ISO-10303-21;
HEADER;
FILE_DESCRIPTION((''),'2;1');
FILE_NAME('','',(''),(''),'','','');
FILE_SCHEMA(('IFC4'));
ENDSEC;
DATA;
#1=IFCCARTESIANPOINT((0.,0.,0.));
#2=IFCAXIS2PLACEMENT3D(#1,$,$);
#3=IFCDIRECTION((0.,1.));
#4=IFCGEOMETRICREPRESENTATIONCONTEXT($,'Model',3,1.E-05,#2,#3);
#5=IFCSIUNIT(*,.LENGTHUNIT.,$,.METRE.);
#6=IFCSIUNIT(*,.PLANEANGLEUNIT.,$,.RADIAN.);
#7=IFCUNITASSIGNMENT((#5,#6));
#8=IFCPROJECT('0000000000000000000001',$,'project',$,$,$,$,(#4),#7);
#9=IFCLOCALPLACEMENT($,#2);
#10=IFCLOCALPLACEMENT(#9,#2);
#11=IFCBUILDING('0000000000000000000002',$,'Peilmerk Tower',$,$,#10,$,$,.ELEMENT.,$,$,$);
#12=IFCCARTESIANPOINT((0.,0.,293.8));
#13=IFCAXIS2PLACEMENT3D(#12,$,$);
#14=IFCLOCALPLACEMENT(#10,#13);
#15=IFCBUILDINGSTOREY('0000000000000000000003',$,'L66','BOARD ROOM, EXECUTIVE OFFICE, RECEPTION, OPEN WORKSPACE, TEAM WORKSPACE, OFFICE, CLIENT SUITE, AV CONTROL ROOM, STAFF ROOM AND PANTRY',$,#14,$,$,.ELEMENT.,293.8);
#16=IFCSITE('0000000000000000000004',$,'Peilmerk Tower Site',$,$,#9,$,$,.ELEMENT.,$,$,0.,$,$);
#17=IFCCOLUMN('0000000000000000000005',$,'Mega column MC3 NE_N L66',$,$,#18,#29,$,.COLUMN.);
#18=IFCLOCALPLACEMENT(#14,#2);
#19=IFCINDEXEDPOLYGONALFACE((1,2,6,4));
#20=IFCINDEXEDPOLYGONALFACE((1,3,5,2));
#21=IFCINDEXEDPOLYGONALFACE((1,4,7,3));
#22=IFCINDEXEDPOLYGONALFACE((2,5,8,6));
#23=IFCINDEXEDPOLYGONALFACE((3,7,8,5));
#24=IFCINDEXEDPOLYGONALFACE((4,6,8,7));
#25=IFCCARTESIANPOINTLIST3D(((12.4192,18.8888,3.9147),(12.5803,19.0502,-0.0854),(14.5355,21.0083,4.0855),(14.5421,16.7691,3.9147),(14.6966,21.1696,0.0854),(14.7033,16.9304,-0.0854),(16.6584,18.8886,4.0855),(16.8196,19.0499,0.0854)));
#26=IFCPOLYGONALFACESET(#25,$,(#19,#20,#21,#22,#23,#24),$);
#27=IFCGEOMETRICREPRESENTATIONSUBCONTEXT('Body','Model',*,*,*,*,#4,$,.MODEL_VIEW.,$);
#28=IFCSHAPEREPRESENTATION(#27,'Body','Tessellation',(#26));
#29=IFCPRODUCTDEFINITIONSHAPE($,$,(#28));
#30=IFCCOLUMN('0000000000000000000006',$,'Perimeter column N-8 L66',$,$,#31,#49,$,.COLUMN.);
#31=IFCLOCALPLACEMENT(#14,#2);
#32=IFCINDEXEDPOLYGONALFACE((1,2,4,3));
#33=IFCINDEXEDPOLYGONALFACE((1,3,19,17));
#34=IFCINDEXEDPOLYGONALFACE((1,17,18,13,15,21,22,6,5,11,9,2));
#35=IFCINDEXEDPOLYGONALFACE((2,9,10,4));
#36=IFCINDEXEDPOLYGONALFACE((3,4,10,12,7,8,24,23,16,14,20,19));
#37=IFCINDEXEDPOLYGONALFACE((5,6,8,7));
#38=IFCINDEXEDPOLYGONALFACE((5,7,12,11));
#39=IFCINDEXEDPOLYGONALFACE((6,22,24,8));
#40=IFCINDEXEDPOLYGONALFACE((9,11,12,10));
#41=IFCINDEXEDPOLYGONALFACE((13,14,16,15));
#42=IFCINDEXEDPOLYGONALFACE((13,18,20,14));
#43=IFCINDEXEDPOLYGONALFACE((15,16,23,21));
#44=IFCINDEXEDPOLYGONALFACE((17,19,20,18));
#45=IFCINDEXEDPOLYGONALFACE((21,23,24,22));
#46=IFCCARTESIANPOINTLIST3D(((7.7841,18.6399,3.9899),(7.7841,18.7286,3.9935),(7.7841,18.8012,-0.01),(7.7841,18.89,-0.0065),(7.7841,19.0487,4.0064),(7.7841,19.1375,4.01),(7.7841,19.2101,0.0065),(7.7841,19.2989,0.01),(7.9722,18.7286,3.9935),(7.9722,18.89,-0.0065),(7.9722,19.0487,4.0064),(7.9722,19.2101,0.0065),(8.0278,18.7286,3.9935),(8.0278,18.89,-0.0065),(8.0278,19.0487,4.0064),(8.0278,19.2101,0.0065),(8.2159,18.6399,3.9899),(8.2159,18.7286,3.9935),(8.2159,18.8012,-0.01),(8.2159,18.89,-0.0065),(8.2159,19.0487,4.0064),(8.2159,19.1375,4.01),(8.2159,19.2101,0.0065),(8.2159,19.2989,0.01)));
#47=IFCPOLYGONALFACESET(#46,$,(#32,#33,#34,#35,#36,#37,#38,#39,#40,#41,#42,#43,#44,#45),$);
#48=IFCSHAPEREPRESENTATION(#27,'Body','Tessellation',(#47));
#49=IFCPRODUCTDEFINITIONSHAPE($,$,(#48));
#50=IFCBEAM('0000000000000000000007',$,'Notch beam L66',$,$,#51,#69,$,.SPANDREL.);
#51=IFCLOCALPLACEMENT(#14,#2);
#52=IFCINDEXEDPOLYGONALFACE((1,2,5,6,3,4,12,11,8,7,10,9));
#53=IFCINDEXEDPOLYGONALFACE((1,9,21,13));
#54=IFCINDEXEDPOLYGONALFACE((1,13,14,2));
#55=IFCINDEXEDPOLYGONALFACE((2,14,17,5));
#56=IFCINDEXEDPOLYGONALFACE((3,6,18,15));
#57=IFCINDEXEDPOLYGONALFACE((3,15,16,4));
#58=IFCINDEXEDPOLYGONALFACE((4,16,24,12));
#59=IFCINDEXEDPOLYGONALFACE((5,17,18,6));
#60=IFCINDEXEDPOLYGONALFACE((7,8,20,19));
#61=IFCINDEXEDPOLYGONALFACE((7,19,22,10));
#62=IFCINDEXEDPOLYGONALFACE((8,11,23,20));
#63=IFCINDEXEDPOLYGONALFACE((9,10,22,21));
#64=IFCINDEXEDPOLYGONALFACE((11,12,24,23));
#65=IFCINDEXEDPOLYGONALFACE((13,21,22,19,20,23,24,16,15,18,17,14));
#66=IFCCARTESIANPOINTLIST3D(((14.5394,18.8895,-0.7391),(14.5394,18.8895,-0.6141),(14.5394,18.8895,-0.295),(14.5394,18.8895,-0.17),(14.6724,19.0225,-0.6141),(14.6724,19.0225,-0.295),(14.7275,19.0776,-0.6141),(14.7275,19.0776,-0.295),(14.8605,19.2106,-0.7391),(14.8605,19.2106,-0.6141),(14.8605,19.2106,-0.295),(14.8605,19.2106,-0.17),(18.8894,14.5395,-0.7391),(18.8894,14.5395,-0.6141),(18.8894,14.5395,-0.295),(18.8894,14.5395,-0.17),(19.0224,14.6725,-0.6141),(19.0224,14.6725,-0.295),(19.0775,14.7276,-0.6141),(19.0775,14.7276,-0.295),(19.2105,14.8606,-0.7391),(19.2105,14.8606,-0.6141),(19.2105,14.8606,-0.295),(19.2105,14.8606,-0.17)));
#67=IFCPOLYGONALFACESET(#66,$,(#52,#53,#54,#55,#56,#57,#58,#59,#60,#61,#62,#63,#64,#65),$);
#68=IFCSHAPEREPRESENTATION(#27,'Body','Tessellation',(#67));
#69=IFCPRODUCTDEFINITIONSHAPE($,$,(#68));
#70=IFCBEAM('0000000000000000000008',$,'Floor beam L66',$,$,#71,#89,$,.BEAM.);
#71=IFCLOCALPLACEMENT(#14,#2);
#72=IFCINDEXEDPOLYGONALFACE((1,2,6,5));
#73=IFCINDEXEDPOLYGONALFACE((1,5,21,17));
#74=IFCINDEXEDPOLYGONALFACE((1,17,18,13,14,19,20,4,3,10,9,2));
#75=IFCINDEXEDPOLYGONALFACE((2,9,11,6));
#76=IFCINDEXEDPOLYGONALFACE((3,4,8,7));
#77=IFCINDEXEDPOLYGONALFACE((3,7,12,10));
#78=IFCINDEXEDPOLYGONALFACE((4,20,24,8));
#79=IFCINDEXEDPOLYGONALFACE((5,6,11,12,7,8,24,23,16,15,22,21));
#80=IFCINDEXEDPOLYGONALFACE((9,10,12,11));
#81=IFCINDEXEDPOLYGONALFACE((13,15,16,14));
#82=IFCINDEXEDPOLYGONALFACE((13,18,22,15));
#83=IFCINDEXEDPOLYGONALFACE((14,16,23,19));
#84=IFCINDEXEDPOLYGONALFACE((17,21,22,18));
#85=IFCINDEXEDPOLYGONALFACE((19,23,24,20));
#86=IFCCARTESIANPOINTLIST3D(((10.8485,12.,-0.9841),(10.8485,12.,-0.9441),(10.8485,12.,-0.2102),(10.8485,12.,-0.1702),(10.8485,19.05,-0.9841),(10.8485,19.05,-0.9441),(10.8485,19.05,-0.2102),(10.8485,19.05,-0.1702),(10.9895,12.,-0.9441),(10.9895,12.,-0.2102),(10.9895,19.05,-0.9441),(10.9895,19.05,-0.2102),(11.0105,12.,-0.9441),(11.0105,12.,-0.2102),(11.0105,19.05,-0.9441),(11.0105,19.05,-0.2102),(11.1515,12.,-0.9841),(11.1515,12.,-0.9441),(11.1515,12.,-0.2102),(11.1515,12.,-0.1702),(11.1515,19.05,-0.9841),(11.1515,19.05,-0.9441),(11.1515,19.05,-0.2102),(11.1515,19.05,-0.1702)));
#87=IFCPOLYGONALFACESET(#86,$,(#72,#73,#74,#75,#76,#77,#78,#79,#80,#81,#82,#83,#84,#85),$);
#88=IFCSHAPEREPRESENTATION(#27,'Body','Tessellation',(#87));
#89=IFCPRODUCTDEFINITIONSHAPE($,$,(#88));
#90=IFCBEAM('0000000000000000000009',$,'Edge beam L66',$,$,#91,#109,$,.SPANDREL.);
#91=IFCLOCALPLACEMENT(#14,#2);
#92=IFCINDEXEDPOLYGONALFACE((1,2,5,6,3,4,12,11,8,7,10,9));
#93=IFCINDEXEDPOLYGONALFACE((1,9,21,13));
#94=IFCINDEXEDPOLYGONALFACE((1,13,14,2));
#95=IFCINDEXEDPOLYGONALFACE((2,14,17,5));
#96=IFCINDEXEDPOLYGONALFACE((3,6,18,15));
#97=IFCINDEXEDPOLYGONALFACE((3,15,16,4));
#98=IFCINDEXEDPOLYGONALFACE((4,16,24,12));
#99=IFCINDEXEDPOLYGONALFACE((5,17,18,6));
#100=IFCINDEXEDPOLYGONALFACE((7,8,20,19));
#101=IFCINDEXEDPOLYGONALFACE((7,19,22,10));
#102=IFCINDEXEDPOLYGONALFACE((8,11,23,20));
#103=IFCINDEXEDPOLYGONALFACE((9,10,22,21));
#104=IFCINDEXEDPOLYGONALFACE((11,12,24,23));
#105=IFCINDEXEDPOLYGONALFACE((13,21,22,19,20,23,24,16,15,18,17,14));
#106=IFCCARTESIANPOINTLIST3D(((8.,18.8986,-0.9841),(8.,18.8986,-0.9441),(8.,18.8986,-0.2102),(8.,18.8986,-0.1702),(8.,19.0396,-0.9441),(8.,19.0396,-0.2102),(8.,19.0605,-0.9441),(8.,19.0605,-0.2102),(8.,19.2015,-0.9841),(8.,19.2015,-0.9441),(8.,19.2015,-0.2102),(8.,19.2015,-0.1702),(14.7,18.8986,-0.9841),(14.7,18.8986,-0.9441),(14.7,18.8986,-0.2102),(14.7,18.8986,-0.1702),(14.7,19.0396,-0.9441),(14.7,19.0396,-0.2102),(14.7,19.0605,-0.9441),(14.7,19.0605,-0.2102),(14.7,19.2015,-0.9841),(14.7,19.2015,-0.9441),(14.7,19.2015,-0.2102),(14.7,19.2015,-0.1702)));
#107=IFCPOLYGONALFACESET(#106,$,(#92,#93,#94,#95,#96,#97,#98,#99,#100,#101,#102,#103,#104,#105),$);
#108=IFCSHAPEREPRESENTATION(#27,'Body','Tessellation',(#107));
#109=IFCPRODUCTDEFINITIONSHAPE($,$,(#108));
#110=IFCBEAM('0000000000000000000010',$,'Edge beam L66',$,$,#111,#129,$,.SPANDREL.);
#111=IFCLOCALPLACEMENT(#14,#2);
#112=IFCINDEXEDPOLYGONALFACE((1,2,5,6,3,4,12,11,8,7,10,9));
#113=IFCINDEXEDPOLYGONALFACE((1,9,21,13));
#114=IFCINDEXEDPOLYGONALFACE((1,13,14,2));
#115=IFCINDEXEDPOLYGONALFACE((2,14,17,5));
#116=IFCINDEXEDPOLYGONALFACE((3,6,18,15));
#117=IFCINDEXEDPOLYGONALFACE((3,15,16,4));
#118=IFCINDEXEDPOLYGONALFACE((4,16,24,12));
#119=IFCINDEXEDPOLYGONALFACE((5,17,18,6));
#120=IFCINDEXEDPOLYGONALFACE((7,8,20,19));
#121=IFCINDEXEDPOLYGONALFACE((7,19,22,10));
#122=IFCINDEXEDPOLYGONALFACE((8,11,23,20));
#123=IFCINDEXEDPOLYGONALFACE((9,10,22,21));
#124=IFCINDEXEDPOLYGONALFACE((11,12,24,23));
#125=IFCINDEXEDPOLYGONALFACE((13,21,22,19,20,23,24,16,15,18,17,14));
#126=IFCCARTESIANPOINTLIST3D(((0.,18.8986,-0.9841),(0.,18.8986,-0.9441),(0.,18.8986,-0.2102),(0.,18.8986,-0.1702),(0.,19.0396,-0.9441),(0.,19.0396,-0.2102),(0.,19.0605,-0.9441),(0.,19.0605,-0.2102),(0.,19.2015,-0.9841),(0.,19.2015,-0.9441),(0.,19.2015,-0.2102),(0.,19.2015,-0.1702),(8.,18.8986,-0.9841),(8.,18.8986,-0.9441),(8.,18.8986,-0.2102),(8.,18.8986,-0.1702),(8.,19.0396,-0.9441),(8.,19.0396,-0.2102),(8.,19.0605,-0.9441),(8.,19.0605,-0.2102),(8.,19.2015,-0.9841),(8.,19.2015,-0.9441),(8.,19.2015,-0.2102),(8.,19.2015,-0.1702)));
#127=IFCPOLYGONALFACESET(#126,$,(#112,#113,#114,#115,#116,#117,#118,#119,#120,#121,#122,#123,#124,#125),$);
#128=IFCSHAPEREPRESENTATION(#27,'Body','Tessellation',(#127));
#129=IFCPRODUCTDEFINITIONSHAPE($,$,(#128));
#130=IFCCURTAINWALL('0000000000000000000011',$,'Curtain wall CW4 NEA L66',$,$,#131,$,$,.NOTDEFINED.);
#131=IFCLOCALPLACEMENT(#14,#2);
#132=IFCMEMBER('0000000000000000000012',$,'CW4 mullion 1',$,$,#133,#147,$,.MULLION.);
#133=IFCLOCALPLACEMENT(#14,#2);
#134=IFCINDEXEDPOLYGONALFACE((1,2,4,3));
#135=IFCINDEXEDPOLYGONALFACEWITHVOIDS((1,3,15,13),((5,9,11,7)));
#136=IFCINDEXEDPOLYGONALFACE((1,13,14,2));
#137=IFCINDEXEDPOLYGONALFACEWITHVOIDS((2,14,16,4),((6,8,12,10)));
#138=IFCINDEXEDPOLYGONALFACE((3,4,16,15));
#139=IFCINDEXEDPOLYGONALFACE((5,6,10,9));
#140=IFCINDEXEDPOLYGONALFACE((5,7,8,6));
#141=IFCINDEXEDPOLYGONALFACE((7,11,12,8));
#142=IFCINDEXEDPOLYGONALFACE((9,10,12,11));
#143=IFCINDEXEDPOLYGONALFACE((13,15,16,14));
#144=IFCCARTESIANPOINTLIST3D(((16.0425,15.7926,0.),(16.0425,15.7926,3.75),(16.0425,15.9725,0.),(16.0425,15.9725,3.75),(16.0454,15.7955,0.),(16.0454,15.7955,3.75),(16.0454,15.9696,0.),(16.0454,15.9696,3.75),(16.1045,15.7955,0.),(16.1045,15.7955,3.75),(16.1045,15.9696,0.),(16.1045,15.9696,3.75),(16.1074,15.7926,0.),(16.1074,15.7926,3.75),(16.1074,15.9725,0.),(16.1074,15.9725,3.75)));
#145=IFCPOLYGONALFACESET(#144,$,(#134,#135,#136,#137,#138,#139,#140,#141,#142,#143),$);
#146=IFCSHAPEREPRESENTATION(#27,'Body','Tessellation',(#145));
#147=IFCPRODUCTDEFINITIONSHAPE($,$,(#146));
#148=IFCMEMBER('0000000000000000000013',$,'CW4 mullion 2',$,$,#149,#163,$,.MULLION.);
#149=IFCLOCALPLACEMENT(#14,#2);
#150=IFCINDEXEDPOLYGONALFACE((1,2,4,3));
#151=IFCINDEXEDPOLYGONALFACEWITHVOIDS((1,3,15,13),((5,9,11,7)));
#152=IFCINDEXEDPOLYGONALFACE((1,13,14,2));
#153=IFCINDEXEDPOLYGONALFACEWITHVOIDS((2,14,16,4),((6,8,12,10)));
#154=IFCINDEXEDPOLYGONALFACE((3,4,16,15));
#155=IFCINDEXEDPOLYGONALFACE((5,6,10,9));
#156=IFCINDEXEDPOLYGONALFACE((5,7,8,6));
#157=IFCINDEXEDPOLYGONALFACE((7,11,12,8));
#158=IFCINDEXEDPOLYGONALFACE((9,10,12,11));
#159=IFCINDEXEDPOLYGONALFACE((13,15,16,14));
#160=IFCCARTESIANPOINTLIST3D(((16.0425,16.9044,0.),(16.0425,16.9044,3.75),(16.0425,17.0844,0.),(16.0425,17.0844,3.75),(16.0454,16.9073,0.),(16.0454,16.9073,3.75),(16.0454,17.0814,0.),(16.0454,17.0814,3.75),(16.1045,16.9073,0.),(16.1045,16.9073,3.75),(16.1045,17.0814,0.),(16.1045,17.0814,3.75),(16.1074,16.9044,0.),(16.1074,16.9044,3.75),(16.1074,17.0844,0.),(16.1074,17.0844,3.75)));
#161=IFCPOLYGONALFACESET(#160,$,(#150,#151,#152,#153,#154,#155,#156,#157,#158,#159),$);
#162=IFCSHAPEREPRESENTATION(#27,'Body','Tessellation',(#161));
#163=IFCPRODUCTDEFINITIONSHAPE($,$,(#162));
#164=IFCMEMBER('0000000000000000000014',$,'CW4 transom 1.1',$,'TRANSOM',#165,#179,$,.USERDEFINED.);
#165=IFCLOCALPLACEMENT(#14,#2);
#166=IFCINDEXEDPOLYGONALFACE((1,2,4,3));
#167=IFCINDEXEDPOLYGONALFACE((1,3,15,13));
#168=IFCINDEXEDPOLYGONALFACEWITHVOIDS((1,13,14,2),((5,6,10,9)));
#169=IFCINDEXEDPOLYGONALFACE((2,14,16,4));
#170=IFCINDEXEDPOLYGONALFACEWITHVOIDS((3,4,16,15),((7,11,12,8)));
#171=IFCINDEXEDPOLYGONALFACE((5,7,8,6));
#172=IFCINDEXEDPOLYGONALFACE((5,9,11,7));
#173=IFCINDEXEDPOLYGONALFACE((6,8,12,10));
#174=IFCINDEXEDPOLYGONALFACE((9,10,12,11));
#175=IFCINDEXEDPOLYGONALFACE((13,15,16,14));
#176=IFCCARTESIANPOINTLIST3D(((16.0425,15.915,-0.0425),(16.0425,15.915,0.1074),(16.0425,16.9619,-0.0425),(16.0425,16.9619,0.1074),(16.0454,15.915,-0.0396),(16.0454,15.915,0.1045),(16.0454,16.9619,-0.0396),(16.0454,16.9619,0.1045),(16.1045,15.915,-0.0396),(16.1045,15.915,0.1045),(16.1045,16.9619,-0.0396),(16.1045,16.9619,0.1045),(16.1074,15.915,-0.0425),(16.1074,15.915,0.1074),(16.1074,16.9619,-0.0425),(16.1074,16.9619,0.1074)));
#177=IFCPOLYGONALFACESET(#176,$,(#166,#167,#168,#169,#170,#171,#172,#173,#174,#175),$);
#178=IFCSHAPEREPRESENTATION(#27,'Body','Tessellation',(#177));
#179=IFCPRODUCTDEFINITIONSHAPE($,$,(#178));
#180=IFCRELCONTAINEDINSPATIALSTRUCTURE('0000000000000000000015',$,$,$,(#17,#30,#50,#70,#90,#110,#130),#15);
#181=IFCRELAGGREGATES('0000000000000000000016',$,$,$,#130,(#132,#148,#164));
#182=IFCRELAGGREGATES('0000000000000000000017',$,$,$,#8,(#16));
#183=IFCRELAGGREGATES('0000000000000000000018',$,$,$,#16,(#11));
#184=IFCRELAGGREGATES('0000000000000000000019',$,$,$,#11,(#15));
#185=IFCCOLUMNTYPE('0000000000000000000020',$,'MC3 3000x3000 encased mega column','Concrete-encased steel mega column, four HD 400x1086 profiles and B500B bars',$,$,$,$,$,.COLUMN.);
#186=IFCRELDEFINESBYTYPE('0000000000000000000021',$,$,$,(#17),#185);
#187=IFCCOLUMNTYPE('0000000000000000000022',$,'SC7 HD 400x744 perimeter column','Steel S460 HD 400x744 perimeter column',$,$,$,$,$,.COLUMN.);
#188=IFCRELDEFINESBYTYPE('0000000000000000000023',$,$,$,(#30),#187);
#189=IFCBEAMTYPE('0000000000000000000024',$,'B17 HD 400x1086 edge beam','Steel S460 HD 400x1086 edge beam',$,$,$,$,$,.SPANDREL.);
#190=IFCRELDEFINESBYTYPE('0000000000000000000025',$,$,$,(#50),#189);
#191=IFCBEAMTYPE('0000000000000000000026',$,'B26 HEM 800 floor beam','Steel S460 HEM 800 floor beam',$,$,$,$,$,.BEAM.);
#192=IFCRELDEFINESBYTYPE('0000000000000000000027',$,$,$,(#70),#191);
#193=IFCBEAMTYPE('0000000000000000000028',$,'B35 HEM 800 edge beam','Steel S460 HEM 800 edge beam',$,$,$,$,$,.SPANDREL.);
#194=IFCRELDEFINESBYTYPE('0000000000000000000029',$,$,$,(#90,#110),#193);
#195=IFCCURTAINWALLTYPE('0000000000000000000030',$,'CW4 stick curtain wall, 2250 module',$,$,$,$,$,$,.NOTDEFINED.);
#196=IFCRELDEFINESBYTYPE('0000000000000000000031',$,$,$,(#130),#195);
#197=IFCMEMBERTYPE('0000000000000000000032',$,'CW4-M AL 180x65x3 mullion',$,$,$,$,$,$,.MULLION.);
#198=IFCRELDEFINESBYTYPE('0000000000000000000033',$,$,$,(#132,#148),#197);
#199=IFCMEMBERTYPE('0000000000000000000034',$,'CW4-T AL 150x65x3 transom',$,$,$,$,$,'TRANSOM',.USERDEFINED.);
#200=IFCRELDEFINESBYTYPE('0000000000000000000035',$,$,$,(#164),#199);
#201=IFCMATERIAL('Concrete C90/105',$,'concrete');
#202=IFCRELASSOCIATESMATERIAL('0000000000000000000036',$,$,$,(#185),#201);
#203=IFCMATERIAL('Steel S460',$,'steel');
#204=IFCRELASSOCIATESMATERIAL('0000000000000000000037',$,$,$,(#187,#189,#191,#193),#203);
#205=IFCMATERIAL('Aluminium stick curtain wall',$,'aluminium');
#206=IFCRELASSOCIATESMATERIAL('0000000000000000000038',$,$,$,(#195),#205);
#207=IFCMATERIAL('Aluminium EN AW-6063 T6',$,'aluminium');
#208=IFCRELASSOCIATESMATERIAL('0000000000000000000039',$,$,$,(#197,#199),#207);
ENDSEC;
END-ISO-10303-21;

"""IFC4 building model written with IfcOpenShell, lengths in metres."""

from ifc_helpers import new_model, si_unit, direction, frame, origin, origin_2d, place, context, subcontext, project, spatial, rectangle, hollow_rectangle, i_section, extrude, material, material_profile, profile_set, type_object, element, aggregate, save


model = new_model("IFC4")

# Units and contexts
model_context = context("Model", 3, precision=1e-05, world=origin(), true_north=direction((0.0, 1.0)))
body_context = subcontext(model_context, "Body", "Model", "MODEL_VIEW")
ifc_project = project(units=[si_unit("LENGTHUNIT", "METRE"), si_unit("PLANEANGLEUNIT", "RADIAN")], contexts=[model_context])

# Site, building, storey
site_placement = place(None, origin())
site = spatial("IfcSite", under=ifc_project, at=site_placement, Name="Peilmerk Tower Site", CompositionType="ELEMENT", RefElevation=0.0)
building_placement = place(site_placement, origin())
building = spatial("IfcBuilding", under=site, at=building_placement, Name="Peilmerk Tower", CompositionType="ELEMENT")
storey_placement = place(building_placement, frame((0.0, 0.0, 293.8)))
storey = spatial("IfcBuildingStorey", under=building, at=storey_placement, Name="L66", Description="BOARD ROOM, EXECUTIVE OFFICE, RECEPTION, OPEN WORKSPACE, TEAM WORKSPACE, OFFICE, CLIENT SUITE, AV CONTROL ROOM, STAFF ROOM AND PANTRY", CompositionType="ELEMENT", Elevation=293.8)

# Columns
ifc_material_1 = material(Name="Concrete C90/105", Category="concrete")
ifc_material_profile_1 = material_profile(ifc_material_1, rectangle(XDim=3.0, YDim=3.0, at=origin_2d()), Name="RC 3000x3000")
ifc_profile_set_1 = profile_set([ifc_material_profile_1], Name="Concrete C90/105")
column_type_1 = type_object("IfcColumnType", Name="MC3 3000x3000 encased mega column", Description="Concrete-encased steel mega column, four HD 400x1086 profiles and B500B bars", PredefinedType="COLUMN", material=ifc_profile_set_1)
column_1_placement = place(storey_placement, frame((14.7, 19.05, 0.0), z_axis=(-0.040218, -0.040279, 0.998379), x_axis=(0.707642, -0.706571, 0.0)))
element("IfcColumn", 1, at=column_1_placement, inside=storey, type_object=column_type_1, Name="Mega column MC3 NE_N L66", PredefinedType="COLUMN", context=body_context, shape_type="SweptSolid", body=[
    extrude(rectangle(XDim=3.0, YDim=3.0, at=origin_2d()), origin(), (0.0, 0.0, 1.0), 4.0066),
])
ifc_material_2 = material(Name="Steel S460", Category="steel")
ifc_material_profile_2 = material_profile(ifc_material_2, i_section(OverallWidth=0.4319, OverallDepth=0.498, WebThickness=0.0557, FlangeThickness=0.0889, at=origin_2d()), Name="HD 400x744")
ifc_profile_set_2 = profile_set([ifc_material_profile_2], Name="Steel S460")
column_type_2 = type_object("IfcColumnType", Name="SC7 HD 400x744 perimeter column", Description="Steel S460 HD 400x744 perimeter column", PredefinedType="COLUMN", material=ifc_profile_set_2)
column_2_placement = place(storey_placement, frame((8.0, 19.05, 0.0), z_axis=(0.0, -0.040311, 0.999187), x_axis=(1.0, 0.0, 0.0)))
element("IfcColumn", 2, at=column_2_placement, inside=storey, type_object=column_type_2, Name="Perimeter column N-8 L66", PredefinedType="COLUMN", context=body_context, shape_type="SweptSolid", body=[
    extrude(i_section(OverallWidth=0.4319, OverallDepth=0.498, WebThickness=0.0557, FlangeThickness=0.0889, at=origin_2d()), origin(), (0.0, 0.0, 1.0), 4.0032),
])

# Beams
ifc_material_profile_3 = material_profile(ifc_material_2, i_section(OverallWidth=0.4541, OverallDepth=0.5691, WebThickness=0.0779, FlangeThickness=0.125, at=origin_2d()), Name="HD 400x1086")
ifc_profile_set_3 = profile_set([ifc_material_profile_3], Name="Steel S460")
beam_type_1 = type_object("IfcBeamType", Name="B17 HD 400x1086 edge beam", Description="Steel S460 HD 400x1086 edge beam", PredefinedType="SPANDREL", material=ifc_profile_set_3)
beam_1_placement = place(storey_placement, frame((14.7, 19.05, -0.4546), z_axis=(0.707107, -0.707107, 0.0), x_axis=(0.707107, 0.707107, 0.0)))
element("IfcBeam", 3, at=beam_1_placement, inside=storey, type_object=beam_type_1, Name="Notch beam L66", PredefinedType="SPANDREL", context=body_context, shape_type="SweptSolid", body=[
    extrude(i_section(OverallWidth=0.4541, OverallDepth=0.5691, WebThickness=0.0779, FlangeThickness=0.125, at=origin_2d()), origin(), (0.0, 0.0, 1.0), 6.1519),
])
ifc_material_profile_4 = material_profile(ifc_material_2, i_section(OverallWidth=0.303, OverallDepth=0.814, WebThickness=0.021, FlangeThickness=0.04, at=origin_2d()), Name="HEM 800")
ifc_profile_set_4 = profile_set([ifc_material_profile_4], Name="Steel S460")
beam_type_2 = type_object("IfcBeamType", Name="B26 HEM 800 floor beam", Description="Steel S460 HEM 800 floor beam", PredefinedType="BEAM", material=ifc_profile_set_4)
beam_2_placement = place(storey_placement, frame((11.0, 12.0, -0.5771), z_axis=(0.0, 1.0, 0.0), x_axis=(-1.0, 0.0, 0.0)))
element("IfcBeam", 4, at=beam_2_placement, inside=storey, type_object=beam_type_2, Name="Floor beam L66", PredefinedType="BEAM", context=body_context, shape_type="SweptSolid", body=[
    extrude(i_section(OverallWidth=0.303, OverallDepth=0.814, WebThickness=0.021, FlangeThickness=0.04, at=origin_2d()), origin(), (0.0, 0.0, 1.0), 7.05),
])
ifc_material_profile_5 = material_profile(ifc_material_2, i_section(OverallWidth=0.303, OverallDepth=0.814, WebThickness=0.021, FlangeThickness=0.04, at=origin_2d()), Name="HEM 800")
ifc_profile_set_5 = profile_set([ifc_material_profile_5], Name="Steel S460")
beam_type_3 = type_object("IfcBeamType", Name="B35 HEM 800 edge beam", Description="Steel S460 HEM 800 edge beam", PredefinedType="SPANDREL", material=ifc_profile_set_5)
beam_3_placement = place(storey_placement, frame((14.7, 19.05, -0.5771), z_axis=(-1.0, 0.0, 0.0), x_axis=(0.0, -1.0, 0.0)))
element("IfcBeam", 5, at=beam_3_placement, inside=storey, type_object=beam_type_3, Name="Edge beam L66", PredefinedType="SPANDREL", context=body_context, shape_type="SweptSolid", body=[
    extrude(i_section(OverallWidth=0.303, OverallDepth=0.814, WebThickness=0.021, FlangeThickness=0.04, at=origin_2d()), origin(), (0.0, 0.0, 1.0), 6.7),
])
beam_4_placement = place(storey_placement, frame((8.0, 19.05, -0.5771), z_axis=(-1.0, 0.0, 0.0), x_axis=(0.0, -1.0, 0.0)))
element("IfcBeam", 6, at=beam_4_placement, inside=storey, type_object=beam_type_3, Name="Edge beam L66", PredefinedType="SPANDREL", context=body_context, shape_type="SweptSolid", body=[
    extrude(i_section(OverallWidth=0.303, OverallDepth=0.814, WebThickness=0.021, FlangeThickness=0.04, at=origin_2d()), origin(), (0.0, 0.0, 1.0), 8.0),
])

# Curtain wall, members
ifc_material_3 = material(Name="Aluminium stick curtain wall", Category="aluminium")
curtain_wall_type = type_object("IfcCurtainWallType", Name="CW4 stick curtain wall, 2250 module", PredefinedType="NOTDEFINED", material=ifc_material_3)
curtain_wall_placement = place(storey_placement, origin())
curtain_wall = element("IfcCurtainWall", 7, at=curtain_wall_placement, inside=storey, type_object=curtain_wall_type, Name="Curtain wall CW4 NEA L66", PredefinedType="NOTDEFINED")
ifc_material_4 = material(Name="Aluminium EN AW-6063 T6", Category="aluminium")
ifc_material_profile_6 = material_profile(ifc_material_4, hollow_rectangle(XDim=0.0649, YDim=0.1799, WallThickness=0.0029, at=origin_2d()), Name="AL 180x65x3")
ifc_profile_set_6 = profile_set([ifc_material_profile_6], Name="Aluminium EN AW-6063 T6")
member_type_1 = type_object("IfcMemberType", Name="CW4-M AL 180x65x3 mullion", PredefinedType="MULLION", material=ifc_profile_set_6)
member_1_placement = place(storey_placement, frame((16.075, 15.8826, 0.0), z_axis=(0.0, 0.0, 1.0), x_axis=(-1.0, 0.0, 0.0)))
member_1 = element("IfcMember", 8, at=member_1_placement, type_object=member_type_1, Name="CW4 mullion 1", PredefinedType="MULLION", context=body_context, shape_type="SweptSolid", body=[
    extrude(hollow_rectangle(XDim=0.0649, YDim=0.1799, WallThickness=0.0029, at=origin_2d()), origin(), (0.0, 0.0, 1.0), 3.75),
])
member_2_placement = place(storey_placement, frame((16.075, 16.9944, 0.0), z_axis=(0.0, 0.0, 1.0), x_axis=(-1.0, 0.0, 0.0)))
member_2 = element("IfcMember", 9, at=member_2_placement, type_object=member_type_1, Name="CW4 mullion 2", PredefinedType="MULLION", context=body_context, shape_type="SweptSolid", body=[
    extrude(hollow_rectangle(XDim=0.0649, YDim=0.1799, WallThickness=0.0029, at=origin_2d()), origin(), (0.0, 0.0, 1.0), 3.75),
])
ifc_material_profile_7 = material_profile(ifc_material_4, hollow_rectangle(XDim=0.0649, YDim=0.1499, WallThickness=0.0029, at=origin_2d()), Name="AL 150x65x3")
ifc_profile_set_7 = profile_set([ifc_material_profile_7], Name="Aluminium EN AW-6063 T6")
member_type_2 = type_object("IfcMemberType", Name="CW4-T AL 150x65x3 transom", ElementType="TRANSOM", PredefinedType="USERDEFINED", material=ifc_profile_set_7)
member_3_placement = place(storey_placement, frame((16.075, 15.915, 0.0325), z_axis=(0.0, 1.0, 0.0), x_axis=(-1.0, 0.0, 0.0)))
member_3 = element("IfcMember", 10, at=member_3_placement, type_object=member_type_2, Name="CW4 transom 1.1", ObjectType="TRANSOM", PredefinedType="USERDEFINED", context=body_context, shape_type="SweptSolid", body=[
    extrude(hollow_rectangle(XDim=0.0649, YDim=0.1499, WallThickness=0.0029, at=origin_2d()), origin(), (0.0, 0.0, 1.0), 1.0469),
])
aggregate(curtain_wall, [member_1, member_2, member_3])

save(model, "model.ifc")
